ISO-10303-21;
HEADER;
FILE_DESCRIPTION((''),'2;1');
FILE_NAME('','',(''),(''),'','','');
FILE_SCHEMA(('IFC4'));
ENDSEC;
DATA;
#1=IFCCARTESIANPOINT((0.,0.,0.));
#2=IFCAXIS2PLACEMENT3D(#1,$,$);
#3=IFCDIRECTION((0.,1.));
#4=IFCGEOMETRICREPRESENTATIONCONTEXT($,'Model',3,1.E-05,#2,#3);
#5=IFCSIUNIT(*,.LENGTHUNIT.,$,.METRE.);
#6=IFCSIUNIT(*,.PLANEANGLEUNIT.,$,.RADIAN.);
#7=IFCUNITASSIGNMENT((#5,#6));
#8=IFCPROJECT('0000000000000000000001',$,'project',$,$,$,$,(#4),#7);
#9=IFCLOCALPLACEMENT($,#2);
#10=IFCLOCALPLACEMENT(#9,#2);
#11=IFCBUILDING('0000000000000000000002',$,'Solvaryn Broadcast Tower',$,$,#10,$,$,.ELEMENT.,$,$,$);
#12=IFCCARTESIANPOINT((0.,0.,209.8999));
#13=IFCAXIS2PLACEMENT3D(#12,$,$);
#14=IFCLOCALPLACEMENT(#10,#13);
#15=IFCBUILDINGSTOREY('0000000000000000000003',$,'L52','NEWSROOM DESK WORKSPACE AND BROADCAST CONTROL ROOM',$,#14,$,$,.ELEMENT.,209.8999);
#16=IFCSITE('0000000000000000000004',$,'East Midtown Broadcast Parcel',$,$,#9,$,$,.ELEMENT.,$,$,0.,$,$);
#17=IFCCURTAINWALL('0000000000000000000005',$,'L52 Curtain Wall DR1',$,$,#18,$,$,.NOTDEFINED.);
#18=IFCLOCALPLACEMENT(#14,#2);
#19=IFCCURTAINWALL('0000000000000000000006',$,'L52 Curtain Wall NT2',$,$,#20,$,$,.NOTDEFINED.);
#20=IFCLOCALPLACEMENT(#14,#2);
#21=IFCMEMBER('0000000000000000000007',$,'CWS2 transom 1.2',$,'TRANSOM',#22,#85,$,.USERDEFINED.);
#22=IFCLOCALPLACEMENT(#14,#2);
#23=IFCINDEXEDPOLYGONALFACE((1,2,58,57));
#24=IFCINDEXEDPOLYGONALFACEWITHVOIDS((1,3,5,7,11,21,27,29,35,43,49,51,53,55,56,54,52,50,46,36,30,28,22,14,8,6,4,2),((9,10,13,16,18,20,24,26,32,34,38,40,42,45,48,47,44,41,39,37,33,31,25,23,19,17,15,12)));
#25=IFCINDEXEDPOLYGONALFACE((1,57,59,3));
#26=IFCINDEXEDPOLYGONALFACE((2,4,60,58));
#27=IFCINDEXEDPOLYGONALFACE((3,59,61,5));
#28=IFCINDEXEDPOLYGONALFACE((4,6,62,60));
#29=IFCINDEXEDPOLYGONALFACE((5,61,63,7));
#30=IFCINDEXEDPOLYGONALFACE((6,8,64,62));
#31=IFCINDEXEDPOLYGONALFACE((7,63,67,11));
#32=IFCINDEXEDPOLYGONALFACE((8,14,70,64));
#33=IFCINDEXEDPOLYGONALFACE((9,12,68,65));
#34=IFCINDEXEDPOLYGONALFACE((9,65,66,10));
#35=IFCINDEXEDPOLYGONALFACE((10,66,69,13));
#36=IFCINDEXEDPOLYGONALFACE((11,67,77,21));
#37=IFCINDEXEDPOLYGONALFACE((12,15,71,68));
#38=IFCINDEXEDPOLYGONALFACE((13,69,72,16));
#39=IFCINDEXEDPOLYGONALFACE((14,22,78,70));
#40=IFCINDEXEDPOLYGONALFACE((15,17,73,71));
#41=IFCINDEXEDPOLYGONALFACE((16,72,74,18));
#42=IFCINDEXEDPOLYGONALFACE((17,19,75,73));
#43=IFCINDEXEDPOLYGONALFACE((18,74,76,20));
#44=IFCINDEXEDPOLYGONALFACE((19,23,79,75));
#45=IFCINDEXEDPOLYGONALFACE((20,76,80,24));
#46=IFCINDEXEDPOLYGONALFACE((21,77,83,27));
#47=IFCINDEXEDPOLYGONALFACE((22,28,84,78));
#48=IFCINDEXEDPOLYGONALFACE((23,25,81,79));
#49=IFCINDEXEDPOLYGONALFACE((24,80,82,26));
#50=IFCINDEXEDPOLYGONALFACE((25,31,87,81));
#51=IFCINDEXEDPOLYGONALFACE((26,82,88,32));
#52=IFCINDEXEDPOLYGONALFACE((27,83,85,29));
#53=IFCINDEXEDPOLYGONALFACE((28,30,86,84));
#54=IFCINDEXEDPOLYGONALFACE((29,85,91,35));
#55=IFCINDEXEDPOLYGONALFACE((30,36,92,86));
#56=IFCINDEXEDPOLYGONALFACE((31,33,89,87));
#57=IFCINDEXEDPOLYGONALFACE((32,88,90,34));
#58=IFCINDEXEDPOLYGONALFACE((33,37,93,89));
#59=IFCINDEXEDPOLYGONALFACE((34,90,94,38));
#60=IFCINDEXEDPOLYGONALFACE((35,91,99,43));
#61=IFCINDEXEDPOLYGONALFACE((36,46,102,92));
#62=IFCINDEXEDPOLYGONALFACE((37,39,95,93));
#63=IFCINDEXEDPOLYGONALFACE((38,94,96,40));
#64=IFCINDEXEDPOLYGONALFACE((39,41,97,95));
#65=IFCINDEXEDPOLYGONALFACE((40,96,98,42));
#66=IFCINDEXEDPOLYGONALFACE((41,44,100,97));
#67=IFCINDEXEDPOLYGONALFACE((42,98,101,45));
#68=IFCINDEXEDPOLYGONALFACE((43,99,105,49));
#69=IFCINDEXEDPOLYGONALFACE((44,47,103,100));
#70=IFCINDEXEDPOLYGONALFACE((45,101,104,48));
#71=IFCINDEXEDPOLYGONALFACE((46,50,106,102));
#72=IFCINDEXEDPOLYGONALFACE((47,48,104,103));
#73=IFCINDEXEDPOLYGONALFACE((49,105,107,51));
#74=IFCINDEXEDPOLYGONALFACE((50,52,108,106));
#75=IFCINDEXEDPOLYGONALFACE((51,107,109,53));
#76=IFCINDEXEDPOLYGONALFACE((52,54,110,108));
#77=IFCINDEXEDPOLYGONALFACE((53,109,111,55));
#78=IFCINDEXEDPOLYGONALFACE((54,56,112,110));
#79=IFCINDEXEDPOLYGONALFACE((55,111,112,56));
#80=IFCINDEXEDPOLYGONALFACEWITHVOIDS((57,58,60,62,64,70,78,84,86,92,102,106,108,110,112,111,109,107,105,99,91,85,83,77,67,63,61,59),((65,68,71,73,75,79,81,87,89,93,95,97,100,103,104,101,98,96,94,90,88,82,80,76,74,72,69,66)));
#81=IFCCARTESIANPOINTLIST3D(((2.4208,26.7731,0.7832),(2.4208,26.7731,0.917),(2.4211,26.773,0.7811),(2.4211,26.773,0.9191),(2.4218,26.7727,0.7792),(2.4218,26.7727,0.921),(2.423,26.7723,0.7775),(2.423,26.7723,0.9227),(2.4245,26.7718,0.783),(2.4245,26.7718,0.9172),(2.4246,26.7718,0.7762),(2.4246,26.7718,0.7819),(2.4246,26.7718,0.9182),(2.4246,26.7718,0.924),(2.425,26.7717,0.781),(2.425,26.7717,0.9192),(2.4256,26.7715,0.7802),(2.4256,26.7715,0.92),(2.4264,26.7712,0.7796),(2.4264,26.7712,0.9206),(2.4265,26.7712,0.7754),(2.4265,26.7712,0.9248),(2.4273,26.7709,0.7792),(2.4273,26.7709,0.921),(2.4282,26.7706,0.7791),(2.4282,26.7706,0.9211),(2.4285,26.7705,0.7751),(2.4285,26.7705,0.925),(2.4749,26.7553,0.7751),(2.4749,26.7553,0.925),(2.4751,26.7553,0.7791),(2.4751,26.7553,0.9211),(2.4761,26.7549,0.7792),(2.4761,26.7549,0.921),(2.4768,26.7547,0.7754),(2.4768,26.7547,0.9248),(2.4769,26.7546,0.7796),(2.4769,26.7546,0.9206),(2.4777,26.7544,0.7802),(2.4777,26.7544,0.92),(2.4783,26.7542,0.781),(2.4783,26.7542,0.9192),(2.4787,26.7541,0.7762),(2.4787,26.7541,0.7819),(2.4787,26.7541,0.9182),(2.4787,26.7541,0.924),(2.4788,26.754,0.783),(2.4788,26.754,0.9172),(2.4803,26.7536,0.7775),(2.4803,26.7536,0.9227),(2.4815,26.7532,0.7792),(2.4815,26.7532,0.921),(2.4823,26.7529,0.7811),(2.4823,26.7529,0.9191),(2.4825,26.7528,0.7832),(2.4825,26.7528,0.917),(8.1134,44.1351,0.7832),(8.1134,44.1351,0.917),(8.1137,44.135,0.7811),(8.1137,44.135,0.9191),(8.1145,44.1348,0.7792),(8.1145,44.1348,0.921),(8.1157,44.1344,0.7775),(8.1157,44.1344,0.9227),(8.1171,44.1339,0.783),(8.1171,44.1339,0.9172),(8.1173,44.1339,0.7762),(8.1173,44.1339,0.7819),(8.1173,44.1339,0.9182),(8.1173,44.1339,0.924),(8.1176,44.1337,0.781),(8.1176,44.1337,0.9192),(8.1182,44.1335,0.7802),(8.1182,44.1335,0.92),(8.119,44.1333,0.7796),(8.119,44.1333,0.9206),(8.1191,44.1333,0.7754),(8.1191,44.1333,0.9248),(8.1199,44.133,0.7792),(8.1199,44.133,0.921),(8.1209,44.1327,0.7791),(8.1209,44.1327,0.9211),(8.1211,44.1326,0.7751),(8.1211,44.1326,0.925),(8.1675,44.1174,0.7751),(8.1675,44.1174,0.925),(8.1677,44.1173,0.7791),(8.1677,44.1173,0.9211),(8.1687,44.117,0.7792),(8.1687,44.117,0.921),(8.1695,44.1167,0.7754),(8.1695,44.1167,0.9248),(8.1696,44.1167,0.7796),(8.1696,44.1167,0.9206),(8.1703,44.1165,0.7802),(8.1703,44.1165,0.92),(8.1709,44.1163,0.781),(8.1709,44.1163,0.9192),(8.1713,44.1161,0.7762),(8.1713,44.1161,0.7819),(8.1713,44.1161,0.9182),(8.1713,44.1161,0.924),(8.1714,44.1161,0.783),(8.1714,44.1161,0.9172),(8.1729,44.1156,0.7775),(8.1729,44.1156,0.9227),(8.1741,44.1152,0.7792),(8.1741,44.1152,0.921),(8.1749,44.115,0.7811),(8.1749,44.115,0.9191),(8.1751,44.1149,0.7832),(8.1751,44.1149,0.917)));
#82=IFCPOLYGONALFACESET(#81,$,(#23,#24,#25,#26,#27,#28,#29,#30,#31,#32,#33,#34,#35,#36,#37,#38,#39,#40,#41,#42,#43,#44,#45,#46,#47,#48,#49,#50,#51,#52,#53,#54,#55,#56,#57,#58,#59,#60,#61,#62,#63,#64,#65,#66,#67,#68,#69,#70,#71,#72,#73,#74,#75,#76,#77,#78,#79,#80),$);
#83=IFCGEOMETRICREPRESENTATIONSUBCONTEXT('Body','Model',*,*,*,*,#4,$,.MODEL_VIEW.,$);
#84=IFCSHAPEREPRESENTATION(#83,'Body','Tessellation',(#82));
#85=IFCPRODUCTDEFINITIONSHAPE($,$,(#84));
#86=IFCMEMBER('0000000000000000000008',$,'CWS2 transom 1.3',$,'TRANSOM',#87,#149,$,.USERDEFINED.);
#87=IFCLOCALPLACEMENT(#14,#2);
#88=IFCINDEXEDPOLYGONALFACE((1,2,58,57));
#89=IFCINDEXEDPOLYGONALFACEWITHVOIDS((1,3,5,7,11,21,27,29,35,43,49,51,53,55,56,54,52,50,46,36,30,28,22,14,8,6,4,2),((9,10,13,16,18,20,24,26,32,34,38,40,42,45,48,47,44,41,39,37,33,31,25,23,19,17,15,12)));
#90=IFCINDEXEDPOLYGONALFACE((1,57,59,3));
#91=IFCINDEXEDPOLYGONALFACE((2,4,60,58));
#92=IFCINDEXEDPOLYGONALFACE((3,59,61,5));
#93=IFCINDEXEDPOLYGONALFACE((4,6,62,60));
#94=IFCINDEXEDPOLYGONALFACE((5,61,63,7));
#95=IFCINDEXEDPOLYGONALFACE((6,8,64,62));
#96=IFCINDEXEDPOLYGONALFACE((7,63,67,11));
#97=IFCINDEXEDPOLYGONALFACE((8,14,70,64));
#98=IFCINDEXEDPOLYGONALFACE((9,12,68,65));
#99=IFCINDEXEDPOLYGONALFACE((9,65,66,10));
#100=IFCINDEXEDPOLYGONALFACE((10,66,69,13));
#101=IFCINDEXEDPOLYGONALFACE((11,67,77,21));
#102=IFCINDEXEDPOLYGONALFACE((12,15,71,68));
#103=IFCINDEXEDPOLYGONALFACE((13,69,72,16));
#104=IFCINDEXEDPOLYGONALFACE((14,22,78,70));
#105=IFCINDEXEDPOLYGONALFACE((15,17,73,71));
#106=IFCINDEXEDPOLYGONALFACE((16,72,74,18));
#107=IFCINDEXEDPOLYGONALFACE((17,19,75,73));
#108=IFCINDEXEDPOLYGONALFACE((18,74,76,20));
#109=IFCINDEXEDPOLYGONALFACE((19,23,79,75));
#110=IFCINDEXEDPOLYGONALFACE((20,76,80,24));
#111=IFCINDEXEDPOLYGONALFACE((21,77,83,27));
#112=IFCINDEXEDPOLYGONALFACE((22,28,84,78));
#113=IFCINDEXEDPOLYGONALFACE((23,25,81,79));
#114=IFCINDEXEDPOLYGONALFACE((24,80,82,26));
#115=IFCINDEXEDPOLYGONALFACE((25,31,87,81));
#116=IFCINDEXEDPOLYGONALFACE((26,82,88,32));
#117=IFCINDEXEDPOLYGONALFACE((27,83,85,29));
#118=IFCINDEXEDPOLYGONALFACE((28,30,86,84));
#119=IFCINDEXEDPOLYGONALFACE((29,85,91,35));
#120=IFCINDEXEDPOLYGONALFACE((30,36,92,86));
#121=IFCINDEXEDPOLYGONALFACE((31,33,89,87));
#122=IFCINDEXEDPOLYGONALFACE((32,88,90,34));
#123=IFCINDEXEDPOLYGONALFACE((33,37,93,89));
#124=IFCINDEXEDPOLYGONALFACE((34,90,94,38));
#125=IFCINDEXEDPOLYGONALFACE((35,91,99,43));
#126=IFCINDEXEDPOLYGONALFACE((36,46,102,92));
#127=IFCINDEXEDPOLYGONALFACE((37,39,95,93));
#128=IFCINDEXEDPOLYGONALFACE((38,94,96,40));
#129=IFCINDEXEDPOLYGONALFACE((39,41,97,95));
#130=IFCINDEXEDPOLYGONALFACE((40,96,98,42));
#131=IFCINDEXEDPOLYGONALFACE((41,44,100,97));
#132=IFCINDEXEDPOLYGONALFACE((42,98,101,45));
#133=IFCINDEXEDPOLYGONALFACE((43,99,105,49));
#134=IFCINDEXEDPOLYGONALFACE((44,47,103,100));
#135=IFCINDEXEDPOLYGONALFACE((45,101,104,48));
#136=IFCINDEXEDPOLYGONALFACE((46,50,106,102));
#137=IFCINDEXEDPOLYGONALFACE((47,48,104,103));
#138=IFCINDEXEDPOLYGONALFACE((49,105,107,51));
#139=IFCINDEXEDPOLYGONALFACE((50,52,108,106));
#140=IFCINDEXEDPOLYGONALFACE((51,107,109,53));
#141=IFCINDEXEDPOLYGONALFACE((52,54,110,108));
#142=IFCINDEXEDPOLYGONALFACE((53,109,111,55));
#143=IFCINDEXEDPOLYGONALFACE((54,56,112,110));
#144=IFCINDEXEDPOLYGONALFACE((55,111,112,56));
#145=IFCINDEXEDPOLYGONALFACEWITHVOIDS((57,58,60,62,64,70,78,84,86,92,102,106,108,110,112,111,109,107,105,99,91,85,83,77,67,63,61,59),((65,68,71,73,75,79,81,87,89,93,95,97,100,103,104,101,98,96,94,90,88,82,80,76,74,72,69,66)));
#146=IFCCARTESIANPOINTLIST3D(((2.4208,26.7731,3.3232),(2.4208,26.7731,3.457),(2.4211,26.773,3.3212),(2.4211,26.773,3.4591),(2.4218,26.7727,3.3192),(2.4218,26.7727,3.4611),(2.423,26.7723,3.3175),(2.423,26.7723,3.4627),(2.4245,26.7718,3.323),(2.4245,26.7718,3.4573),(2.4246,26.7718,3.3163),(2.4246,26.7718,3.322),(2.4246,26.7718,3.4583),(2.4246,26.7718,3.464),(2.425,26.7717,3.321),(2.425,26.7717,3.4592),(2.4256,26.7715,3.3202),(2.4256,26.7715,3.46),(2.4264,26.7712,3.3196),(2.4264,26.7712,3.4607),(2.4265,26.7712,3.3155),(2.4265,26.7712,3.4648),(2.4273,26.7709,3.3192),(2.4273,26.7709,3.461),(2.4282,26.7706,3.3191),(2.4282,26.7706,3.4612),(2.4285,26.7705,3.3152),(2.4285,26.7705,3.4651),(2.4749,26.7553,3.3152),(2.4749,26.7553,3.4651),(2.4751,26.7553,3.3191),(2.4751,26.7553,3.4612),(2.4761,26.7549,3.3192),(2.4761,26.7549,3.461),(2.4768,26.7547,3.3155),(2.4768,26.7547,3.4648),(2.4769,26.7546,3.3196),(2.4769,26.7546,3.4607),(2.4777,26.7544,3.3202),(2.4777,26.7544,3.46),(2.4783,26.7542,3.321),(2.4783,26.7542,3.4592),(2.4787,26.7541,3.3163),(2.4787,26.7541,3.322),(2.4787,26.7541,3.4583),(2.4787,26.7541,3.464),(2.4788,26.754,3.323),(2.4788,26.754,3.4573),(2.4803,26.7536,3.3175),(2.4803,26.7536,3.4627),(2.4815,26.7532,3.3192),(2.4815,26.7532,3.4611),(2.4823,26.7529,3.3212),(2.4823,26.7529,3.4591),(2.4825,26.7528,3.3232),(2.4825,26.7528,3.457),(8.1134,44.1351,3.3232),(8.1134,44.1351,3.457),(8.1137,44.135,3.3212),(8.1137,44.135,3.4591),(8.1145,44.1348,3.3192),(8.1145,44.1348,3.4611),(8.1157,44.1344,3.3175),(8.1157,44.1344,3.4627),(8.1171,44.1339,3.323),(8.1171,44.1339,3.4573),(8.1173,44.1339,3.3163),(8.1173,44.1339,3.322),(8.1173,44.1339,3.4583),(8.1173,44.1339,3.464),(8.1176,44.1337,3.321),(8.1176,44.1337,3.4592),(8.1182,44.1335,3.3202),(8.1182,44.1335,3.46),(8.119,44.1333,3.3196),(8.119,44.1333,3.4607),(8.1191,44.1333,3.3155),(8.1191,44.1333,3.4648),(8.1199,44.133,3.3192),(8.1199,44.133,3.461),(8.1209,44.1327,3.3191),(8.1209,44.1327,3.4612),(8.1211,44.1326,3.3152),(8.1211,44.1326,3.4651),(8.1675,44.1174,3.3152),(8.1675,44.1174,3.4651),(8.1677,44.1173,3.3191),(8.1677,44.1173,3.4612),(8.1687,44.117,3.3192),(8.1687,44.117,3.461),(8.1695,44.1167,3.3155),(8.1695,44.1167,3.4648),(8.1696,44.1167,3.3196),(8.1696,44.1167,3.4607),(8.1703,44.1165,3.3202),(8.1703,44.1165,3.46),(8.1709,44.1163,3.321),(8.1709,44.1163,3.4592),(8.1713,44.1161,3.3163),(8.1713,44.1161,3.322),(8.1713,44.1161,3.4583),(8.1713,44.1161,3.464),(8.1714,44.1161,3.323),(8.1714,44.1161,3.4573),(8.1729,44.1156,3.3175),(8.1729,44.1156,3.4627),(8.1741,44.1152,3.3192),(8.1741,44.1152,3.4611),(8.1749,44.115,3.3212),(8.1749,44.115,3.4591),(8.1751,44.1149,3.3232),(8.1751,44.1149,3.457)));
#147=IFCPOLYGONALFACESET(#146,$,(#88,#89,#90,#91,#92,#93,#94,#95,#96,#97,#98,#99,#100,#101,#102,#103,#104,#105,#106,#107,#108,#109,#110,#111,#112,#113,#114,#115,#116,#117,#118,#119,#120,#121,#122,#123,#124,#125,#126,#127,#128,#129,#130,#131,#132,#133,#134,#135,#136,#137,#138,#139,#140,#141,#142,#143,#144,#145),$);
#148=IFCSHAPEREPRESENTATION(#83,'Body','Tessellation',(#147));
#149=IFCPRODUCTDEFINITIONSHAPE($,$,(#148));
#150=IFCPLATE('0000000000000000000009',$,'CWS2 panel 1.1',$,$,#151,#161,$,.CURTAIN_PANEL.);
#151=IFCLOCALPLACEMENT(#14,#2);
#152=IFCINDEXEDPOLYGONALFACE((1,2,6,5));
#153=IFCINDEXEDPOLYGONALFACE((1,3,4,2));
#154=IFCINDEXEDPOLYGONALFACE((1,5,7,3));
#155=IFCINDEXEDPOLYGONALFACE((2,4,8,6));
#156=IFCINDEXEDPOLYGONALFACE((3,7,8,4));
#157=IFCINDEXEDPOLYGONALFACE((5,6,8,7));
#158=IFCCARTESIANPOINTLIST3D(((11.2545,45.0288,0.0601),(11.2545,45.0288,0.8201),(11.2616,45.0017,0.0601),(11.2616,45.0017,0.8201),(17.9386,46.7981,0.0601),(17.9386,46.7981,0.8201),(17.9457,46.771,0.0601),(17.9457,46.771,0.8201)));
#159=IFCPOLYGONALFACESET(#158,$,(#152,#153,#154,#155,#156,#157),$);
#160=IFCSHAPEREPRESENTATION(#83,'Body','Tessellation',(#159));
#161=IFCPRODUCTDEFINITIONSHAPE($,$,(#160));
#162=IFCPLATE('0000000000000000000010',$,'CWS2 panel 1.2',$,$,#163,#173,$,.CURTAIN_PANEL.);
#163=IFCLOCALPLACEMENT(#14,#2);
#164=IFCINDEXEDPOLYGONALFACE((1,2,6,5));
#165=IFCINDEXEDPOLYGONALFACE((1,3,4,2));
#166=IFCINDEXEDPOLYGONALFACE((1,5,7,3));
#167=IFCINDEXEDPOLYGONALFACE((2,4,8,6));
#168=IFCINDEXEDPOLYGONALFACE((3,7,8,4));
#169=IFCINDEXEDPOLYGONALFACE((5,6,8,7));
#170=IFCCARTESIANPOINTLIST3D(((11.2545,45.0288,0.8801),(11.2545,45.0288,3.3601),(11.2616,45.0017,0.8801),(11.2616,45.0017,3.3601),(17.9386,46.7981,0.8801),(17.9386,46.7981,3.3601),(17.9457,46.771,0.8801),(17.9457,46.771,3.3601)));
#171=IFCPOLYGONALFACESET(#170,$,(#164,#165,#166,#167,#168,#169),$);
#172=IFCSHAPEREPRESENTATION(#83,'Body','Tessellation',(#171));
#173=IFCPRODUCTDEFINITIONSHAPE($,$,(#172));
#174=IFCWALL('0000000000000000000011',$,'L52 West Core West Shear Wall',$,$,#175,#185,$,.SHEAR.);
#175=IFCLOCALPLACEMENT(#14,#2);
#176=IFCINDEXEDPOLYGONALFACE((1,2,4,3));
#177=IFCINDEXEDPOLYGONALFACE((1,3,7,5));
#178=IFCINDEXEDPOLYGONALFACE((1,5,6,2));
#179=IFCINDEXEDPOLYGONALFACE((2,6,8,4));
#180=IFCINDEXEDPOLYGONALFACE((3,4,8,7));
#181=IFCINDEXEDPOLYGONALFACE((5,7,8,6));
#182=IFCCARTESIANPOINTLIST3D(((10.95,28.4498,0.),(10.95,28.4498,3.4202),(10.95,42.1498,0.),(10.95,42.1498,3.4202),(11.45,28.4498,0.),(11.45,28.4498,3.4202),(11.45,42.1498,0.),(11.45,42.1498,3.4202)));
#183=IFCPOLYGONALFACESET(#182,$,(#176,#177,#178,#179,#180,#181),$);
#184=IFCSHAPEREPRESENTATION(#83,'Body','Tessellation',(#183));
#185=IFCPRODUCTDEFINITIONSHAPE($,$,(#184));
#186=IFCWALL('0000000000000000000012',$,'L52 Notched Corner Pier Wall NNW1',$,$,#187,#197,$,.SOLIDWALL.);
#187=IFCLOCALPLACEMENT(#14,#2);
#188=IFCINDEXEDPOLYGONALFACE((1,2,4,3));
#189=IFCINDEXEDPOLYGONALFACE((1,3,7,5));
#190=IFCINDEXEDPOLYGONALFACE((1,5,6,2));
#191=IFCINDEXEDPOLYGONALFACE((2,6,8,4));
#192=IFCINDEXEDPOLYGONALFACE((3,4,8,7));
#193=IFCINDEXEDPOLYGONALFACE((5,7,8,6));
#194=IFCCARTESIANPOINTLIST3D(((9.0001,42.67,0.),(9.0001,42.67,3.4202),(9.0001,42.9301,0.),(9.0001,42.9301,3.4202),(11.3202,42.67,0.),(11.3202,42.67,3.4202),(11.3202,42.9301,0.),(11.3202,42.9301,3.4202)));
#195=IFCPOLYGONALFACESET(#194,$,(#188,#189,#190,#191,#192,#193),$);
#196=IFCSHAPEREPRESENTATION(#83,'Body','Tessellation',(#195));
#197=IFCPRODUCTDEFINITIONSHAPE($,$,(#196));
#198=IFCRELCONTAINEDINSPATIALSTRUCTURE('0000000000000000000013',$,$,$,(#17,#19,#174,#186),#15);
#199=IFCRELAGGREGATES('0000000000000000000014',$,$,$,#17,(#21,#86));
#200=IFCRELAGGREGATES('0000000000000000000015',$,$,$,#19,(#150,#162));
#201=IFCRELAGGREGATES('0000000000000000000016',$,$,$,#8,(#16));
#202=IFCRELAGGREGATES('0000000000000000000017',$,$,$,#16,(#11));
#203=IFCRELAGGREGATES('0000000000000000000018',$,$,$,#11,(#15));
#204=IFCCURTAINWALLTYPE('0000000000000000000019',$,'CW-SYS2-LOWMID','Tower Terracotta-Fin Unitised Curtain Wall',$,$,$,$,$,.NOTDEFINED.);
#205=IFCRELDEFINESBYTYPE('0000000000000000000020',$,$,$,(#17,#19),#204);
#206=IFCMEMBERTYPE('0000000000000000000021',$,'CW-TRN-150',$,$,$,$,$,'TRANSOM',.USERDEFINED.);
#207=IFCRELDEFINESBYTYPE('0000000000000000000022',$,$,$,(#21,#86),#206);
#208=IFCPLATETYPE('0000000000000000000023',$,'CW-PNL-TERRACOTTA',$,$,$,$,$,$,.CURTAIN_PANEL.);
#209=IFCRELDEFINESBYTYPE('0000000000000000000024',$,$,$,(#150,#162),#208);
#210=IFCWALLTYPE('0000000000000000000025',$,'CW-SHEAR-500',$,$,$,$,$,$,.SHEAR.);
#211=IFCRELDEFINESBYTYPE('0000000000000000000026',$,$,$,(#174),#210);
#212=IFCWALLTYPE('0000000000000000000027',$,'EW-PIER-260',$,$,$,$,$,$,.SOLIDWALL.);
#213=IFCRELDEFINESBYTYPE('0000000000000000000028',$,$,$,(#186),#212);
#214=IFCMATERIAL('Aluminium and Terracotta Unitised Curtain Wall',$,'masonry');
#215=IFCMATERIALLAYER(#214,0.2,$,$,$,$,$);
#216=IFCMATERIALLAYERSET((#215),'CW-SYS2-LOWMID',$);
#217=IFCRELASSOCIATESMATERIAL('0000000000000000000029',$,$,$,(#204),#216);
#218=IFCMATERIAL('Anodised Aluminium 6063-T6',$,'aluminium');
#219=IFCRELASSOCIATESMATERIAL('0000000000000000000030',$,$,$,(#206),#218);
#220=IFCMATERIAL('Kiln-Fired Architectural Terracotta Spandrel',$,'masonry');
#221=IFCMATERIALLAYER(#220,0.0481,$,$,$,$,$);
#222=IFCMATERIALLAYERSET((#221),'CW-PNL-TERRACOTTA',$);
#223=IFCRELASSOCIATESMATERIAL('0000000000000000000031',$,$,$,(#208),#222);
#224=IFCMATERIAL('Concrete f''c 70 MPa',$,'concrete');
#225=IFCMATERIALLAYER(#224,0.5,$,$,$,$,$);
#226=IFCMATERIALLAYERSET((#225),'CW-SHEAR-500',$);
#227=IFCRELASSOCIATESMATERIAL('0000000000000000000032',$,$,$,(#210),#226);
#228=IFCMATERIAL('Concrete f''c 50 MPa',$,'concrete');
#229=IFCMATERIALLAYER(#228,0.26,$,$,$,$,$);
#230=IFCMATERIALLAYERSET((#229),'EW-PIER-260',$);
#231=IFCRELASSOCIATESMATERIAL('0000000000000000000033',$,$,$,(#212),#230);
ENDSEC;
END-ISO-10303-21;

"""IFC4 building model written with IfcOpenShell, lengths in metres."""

from ifc_helpers import new_model, si_unit, direction, frame, frame_2d, origin, origin_2d, place, context, subcontext, project, spatial, rectangle, hollow_rectangle, extrude, material, layer, layer_set, material_profile, profile_set, type_object, element, aggregate, save


model = new_model("IFC4")

# Units and contexts
model_context = context("Model", 3, precision=1e-05, world=origin(), true_north=direction((0.0, 1.0)))
body_context = subcontext(model_context, "Body", "Model", "MODEL_VIEW")
ifc_project = project(units=[si_unit("LENGTHUNIT", "METRE"), si_unit("PLANEANGLEUNIT", "RADIAN")], contexts=[model_context])

# Site, building, storey
site_placement = place(None, origin())
site = spatial("IfcSite", under=ifc_project, at=site_placement, Name="East Midtown Broadcast Parcel", CompositionType="ELEMENT", RefElevation=0.0)
building_placement = place(site_placement, origin())
building = spatial("IfcBuilding", under=site, at=building_placement, Name="Solvaryn Broadcast Tower", CompositionType="ELEMENT")
storey_placement = place(building_placement, frame((0.0, 0.0, 209.8999)))
storey = spatial("IfcBuildingStorey", under=building, at=storey_placement, Name="L52", Description="NEWSROOM DESK WORKSPACE AND BROADCAST CONTROL ROOM", CompositionType="ELEMENT", Elevation=209.8999)

# Curtain walls
ifc_material_1 = material(Name="Aluminium and Terracotta Unitised Curtain Wall", Category="masonry")
ifc_layer_1 = layer(ifc_material_1, 0.2)
ifc_layer_set_1 = layer_set([ifc_layer_1], Name="CW-SYS2-LOWMID")
curtain_wall_type = type_object("IfcCurtainWallType", Name="CW-SYS2-LOWMID", Description="Tower Terracotta-Fin Unitised Curtain Wall", PredefinedType="NOTDEFINED", material=ifc_layer_set_1)
curtain_wall_1_placement = place(storey_placement, origin())
curtain_wall_1 = element("IfcCurtainWall", 1, at=curtain_wall_1_placement, inside=storey, type_object=curtain_wall_type, Name="L52 Curtain Wall DR1", PredefinedType="NOTDEFINED")
curtain_wall_2_placement = place(storey_placement, origin())
curtain_wall_2 = element("IfcCurtainWall", 2, at=curtain_wall_2_placement, inside=storey, type_object=curtain_wall_type, Name="L52 Curtain Wall NT2", PredefinedType="NOTDEFINED")

# Members
ifc_material_2 = material(Name="Anodised Aluminium 6063-T6", Category="aluminium")
ifc_material_profile_1 = material_profile(ifc_material_2, hollow_rectangle(XDim=0.0649, YDim=0.1499, WallThickness=0.0039, InnerFilletRadius=0.0039, OuterFilletRadius=0.0081, at=origin_2d()))
ifc_profile_set_1 = profile_set([ifc_material_profile_1], Name="Anodised Aluminium 6063-T6")
member_type_1 = type_object("IfcMemberType", Name="CW-TRN-150", ElementType="TRANSOM", PredefinedType="USERDEFINED", material=ifc_profile_set_1)
member_1_placement = place(storey_placement, frame((8.1443, 44.125, 0.8501), z_axis=(-0.311558, -0.950227, 0.0), x_axis=(0.950227, -0.311558, 0.0)))
member_1 = element("IfcMember", 3, at=member_1_placement, type_object=member_type_1, Name="CWS2 transom 1.2", ObjectType="TRANSOM", PredefinedType="USERDEFINED", context=body_context, shape_type="SweptSolid", body=[
    extrude(hollow_rectangle(XDim=0.0649, YDim=0.1499, WallThickness=0.0039, InnerFilletRadius=0.0039, OuterFilletRadius=0.0081, at=origin_2d()), origin(), (0.0, 0.0, 1.0), 18.2715),
])
member_2_placement = place(storey_placement, frame((8.1443, 44.125, 3.3901), z_axis=(-0.311558, -0.950227, 0.0), x_axis=(0.950227, -0.311558, 0.0)))
member_2 = element("IfcMember", 4, at=member_2_placement, type_object=member_type_1, Name="CWS2 transom 1.3", ObjectType="TRANSOM", PredefinedType="USERDEFINED", context=body_context, shape_type="SweptSolid", body=[
    extrude(hollow_rectangle(XDim=0.0649, YDim=0.1499, WallThickness=0.0039, InnerFilletRadius=0.0039, OuterFilletRadius=0.0081, at=origin_2d()), origin(), (0.0, 0.0, 1.0), 18.2715),
])
aggregate(curtain_wall_1, [member_1, member_2])

# Plates
ifc_material_3 = material(Name="Kiln-Fired Architectural Terracotta Spandrel", Category="masonry")
ifc_layer_2 = layer(ifc_material_3, 0.0481)
ifc_layer_set_2 = layer_set([ifc_layer_2], Name="CW-PNL-TERRACOTTA")
plate_type = type_object("IfcPlateType", Name="CW-PNL-TERRACOTTA", PredefinedType="CURTAIN_PANEL", material=ifc_layer_set_2)
plate_1_placement = place(storey_placement, frame((14.6001, 45.8999, 0.0601), z_axis=(0.0, 0.0, 1.0), x_axis=(-0.966705, -0.255893, 0.0)))
plate_1 = element("IfcPlate", 5, at=plate_1_placement, type_object=plate_type, Name="CWS2 panel 1.1", PredefinedType="CURTAIN_PANEL", context=body_context, shape_type="SweptSolid", body=[
    extrude(rectangle(XDim=6.9143, YDim=0.0281, at=origin_2d()), origin(), (0.0, 0.0, 1.0), 0.76),
])
plate_2_placement = place(storey_placement, frame((14.6001, 45.8999, 0.8801), z_axis=(0.0, 0.0, 1.0), x_axis=(-0.966705, -0.255893, 0.0)))
plate_2 = element("IfcPlate", 6, at=plate_2_placement, type_object=plate_type, Name="CWS2 panel 1.2", PredefinedType="CURTAIN_PANEL", context=body_context, shape_type="SweptSolid", body=[
    extrude(rectangle(XDim=6.9143, YDim=0.0281, at=origin_2d()), origin(), (0.0, 0.0, 1.0), 2.48),
])
aggregate(curtain_wall_2, [plate_1, plate_2])

# Walls
ifc_material_4 = material(Name="Concrete f'c 70 MPa", Category="concrete")
ifc_layer_3 = layer(ifc_material_4, 0.5)
ifc_layer_set_3 = layer_set([ifc_layer_3], Name="CW-SHEAR-500")
wall_type_1 = type_object("IfcWallType", Name="CW-SHEAR-500", PredefinedType="SHEAR", material=ifc_layer_set_3)
wall_1_placement = place(storey_placement, frame((11.2, 42.1499, 0.0), z_axis=(0.0, 0.0, 1.0), x_axis=(0.0, -1.0, 0.0)))
element("IfcWall", 7, at=wall_1_placement, inside=storey, type_object=wall_type_1, Name="L52 West Core West Shear Wall", PredefinedType="SHEAR", context=body_context, shape_type="SweptSolid", body=[
    extrude(rectangle(XDim=13.7, YDim=0.5, at=frame_2d((6.8501, 0.0))), origin(), (0.0, 0.0, 1.0), 3.4202),
])
ifc_material_5 = material(Name="Concrete f'c 50 MPa", Category="concrete")
ifc_layer_4 = layer(ifc_material_5, 0.26)
ifc_layer_set_4 = layer_set([ifc_layer_4], Name="EW-PIER-260")
wall_type_2 = type_object("IfcWallType", Name="EW-PIER-260", PredefinedType="SOLIDWALL", material=ifc_layer_set_4)
wall_2_placement = place(storey_placement, frame((9.0, 42.8, 0.0), z_axis=(0.0, 0.0, 1.0), x_axis=(1.0, 0.0, 0.0)))
element("IfcWall", 8, at=wall_2_placement, inside=storey, type_object=wall_type_2, Name="L52 Notched Corner Pier Wall NNW1", PredefinedType="SOLIDWALL", context=body_context, shape_type="SweptSolid", body=[
    extrude(rectangle(XDim=2.3201, YDim=0.26, at=frame_2d((1.1602, 0.0))), origin(), (0.0, 0.0, 1.0), 3.4202),
])

save(model, "model.ifc")
